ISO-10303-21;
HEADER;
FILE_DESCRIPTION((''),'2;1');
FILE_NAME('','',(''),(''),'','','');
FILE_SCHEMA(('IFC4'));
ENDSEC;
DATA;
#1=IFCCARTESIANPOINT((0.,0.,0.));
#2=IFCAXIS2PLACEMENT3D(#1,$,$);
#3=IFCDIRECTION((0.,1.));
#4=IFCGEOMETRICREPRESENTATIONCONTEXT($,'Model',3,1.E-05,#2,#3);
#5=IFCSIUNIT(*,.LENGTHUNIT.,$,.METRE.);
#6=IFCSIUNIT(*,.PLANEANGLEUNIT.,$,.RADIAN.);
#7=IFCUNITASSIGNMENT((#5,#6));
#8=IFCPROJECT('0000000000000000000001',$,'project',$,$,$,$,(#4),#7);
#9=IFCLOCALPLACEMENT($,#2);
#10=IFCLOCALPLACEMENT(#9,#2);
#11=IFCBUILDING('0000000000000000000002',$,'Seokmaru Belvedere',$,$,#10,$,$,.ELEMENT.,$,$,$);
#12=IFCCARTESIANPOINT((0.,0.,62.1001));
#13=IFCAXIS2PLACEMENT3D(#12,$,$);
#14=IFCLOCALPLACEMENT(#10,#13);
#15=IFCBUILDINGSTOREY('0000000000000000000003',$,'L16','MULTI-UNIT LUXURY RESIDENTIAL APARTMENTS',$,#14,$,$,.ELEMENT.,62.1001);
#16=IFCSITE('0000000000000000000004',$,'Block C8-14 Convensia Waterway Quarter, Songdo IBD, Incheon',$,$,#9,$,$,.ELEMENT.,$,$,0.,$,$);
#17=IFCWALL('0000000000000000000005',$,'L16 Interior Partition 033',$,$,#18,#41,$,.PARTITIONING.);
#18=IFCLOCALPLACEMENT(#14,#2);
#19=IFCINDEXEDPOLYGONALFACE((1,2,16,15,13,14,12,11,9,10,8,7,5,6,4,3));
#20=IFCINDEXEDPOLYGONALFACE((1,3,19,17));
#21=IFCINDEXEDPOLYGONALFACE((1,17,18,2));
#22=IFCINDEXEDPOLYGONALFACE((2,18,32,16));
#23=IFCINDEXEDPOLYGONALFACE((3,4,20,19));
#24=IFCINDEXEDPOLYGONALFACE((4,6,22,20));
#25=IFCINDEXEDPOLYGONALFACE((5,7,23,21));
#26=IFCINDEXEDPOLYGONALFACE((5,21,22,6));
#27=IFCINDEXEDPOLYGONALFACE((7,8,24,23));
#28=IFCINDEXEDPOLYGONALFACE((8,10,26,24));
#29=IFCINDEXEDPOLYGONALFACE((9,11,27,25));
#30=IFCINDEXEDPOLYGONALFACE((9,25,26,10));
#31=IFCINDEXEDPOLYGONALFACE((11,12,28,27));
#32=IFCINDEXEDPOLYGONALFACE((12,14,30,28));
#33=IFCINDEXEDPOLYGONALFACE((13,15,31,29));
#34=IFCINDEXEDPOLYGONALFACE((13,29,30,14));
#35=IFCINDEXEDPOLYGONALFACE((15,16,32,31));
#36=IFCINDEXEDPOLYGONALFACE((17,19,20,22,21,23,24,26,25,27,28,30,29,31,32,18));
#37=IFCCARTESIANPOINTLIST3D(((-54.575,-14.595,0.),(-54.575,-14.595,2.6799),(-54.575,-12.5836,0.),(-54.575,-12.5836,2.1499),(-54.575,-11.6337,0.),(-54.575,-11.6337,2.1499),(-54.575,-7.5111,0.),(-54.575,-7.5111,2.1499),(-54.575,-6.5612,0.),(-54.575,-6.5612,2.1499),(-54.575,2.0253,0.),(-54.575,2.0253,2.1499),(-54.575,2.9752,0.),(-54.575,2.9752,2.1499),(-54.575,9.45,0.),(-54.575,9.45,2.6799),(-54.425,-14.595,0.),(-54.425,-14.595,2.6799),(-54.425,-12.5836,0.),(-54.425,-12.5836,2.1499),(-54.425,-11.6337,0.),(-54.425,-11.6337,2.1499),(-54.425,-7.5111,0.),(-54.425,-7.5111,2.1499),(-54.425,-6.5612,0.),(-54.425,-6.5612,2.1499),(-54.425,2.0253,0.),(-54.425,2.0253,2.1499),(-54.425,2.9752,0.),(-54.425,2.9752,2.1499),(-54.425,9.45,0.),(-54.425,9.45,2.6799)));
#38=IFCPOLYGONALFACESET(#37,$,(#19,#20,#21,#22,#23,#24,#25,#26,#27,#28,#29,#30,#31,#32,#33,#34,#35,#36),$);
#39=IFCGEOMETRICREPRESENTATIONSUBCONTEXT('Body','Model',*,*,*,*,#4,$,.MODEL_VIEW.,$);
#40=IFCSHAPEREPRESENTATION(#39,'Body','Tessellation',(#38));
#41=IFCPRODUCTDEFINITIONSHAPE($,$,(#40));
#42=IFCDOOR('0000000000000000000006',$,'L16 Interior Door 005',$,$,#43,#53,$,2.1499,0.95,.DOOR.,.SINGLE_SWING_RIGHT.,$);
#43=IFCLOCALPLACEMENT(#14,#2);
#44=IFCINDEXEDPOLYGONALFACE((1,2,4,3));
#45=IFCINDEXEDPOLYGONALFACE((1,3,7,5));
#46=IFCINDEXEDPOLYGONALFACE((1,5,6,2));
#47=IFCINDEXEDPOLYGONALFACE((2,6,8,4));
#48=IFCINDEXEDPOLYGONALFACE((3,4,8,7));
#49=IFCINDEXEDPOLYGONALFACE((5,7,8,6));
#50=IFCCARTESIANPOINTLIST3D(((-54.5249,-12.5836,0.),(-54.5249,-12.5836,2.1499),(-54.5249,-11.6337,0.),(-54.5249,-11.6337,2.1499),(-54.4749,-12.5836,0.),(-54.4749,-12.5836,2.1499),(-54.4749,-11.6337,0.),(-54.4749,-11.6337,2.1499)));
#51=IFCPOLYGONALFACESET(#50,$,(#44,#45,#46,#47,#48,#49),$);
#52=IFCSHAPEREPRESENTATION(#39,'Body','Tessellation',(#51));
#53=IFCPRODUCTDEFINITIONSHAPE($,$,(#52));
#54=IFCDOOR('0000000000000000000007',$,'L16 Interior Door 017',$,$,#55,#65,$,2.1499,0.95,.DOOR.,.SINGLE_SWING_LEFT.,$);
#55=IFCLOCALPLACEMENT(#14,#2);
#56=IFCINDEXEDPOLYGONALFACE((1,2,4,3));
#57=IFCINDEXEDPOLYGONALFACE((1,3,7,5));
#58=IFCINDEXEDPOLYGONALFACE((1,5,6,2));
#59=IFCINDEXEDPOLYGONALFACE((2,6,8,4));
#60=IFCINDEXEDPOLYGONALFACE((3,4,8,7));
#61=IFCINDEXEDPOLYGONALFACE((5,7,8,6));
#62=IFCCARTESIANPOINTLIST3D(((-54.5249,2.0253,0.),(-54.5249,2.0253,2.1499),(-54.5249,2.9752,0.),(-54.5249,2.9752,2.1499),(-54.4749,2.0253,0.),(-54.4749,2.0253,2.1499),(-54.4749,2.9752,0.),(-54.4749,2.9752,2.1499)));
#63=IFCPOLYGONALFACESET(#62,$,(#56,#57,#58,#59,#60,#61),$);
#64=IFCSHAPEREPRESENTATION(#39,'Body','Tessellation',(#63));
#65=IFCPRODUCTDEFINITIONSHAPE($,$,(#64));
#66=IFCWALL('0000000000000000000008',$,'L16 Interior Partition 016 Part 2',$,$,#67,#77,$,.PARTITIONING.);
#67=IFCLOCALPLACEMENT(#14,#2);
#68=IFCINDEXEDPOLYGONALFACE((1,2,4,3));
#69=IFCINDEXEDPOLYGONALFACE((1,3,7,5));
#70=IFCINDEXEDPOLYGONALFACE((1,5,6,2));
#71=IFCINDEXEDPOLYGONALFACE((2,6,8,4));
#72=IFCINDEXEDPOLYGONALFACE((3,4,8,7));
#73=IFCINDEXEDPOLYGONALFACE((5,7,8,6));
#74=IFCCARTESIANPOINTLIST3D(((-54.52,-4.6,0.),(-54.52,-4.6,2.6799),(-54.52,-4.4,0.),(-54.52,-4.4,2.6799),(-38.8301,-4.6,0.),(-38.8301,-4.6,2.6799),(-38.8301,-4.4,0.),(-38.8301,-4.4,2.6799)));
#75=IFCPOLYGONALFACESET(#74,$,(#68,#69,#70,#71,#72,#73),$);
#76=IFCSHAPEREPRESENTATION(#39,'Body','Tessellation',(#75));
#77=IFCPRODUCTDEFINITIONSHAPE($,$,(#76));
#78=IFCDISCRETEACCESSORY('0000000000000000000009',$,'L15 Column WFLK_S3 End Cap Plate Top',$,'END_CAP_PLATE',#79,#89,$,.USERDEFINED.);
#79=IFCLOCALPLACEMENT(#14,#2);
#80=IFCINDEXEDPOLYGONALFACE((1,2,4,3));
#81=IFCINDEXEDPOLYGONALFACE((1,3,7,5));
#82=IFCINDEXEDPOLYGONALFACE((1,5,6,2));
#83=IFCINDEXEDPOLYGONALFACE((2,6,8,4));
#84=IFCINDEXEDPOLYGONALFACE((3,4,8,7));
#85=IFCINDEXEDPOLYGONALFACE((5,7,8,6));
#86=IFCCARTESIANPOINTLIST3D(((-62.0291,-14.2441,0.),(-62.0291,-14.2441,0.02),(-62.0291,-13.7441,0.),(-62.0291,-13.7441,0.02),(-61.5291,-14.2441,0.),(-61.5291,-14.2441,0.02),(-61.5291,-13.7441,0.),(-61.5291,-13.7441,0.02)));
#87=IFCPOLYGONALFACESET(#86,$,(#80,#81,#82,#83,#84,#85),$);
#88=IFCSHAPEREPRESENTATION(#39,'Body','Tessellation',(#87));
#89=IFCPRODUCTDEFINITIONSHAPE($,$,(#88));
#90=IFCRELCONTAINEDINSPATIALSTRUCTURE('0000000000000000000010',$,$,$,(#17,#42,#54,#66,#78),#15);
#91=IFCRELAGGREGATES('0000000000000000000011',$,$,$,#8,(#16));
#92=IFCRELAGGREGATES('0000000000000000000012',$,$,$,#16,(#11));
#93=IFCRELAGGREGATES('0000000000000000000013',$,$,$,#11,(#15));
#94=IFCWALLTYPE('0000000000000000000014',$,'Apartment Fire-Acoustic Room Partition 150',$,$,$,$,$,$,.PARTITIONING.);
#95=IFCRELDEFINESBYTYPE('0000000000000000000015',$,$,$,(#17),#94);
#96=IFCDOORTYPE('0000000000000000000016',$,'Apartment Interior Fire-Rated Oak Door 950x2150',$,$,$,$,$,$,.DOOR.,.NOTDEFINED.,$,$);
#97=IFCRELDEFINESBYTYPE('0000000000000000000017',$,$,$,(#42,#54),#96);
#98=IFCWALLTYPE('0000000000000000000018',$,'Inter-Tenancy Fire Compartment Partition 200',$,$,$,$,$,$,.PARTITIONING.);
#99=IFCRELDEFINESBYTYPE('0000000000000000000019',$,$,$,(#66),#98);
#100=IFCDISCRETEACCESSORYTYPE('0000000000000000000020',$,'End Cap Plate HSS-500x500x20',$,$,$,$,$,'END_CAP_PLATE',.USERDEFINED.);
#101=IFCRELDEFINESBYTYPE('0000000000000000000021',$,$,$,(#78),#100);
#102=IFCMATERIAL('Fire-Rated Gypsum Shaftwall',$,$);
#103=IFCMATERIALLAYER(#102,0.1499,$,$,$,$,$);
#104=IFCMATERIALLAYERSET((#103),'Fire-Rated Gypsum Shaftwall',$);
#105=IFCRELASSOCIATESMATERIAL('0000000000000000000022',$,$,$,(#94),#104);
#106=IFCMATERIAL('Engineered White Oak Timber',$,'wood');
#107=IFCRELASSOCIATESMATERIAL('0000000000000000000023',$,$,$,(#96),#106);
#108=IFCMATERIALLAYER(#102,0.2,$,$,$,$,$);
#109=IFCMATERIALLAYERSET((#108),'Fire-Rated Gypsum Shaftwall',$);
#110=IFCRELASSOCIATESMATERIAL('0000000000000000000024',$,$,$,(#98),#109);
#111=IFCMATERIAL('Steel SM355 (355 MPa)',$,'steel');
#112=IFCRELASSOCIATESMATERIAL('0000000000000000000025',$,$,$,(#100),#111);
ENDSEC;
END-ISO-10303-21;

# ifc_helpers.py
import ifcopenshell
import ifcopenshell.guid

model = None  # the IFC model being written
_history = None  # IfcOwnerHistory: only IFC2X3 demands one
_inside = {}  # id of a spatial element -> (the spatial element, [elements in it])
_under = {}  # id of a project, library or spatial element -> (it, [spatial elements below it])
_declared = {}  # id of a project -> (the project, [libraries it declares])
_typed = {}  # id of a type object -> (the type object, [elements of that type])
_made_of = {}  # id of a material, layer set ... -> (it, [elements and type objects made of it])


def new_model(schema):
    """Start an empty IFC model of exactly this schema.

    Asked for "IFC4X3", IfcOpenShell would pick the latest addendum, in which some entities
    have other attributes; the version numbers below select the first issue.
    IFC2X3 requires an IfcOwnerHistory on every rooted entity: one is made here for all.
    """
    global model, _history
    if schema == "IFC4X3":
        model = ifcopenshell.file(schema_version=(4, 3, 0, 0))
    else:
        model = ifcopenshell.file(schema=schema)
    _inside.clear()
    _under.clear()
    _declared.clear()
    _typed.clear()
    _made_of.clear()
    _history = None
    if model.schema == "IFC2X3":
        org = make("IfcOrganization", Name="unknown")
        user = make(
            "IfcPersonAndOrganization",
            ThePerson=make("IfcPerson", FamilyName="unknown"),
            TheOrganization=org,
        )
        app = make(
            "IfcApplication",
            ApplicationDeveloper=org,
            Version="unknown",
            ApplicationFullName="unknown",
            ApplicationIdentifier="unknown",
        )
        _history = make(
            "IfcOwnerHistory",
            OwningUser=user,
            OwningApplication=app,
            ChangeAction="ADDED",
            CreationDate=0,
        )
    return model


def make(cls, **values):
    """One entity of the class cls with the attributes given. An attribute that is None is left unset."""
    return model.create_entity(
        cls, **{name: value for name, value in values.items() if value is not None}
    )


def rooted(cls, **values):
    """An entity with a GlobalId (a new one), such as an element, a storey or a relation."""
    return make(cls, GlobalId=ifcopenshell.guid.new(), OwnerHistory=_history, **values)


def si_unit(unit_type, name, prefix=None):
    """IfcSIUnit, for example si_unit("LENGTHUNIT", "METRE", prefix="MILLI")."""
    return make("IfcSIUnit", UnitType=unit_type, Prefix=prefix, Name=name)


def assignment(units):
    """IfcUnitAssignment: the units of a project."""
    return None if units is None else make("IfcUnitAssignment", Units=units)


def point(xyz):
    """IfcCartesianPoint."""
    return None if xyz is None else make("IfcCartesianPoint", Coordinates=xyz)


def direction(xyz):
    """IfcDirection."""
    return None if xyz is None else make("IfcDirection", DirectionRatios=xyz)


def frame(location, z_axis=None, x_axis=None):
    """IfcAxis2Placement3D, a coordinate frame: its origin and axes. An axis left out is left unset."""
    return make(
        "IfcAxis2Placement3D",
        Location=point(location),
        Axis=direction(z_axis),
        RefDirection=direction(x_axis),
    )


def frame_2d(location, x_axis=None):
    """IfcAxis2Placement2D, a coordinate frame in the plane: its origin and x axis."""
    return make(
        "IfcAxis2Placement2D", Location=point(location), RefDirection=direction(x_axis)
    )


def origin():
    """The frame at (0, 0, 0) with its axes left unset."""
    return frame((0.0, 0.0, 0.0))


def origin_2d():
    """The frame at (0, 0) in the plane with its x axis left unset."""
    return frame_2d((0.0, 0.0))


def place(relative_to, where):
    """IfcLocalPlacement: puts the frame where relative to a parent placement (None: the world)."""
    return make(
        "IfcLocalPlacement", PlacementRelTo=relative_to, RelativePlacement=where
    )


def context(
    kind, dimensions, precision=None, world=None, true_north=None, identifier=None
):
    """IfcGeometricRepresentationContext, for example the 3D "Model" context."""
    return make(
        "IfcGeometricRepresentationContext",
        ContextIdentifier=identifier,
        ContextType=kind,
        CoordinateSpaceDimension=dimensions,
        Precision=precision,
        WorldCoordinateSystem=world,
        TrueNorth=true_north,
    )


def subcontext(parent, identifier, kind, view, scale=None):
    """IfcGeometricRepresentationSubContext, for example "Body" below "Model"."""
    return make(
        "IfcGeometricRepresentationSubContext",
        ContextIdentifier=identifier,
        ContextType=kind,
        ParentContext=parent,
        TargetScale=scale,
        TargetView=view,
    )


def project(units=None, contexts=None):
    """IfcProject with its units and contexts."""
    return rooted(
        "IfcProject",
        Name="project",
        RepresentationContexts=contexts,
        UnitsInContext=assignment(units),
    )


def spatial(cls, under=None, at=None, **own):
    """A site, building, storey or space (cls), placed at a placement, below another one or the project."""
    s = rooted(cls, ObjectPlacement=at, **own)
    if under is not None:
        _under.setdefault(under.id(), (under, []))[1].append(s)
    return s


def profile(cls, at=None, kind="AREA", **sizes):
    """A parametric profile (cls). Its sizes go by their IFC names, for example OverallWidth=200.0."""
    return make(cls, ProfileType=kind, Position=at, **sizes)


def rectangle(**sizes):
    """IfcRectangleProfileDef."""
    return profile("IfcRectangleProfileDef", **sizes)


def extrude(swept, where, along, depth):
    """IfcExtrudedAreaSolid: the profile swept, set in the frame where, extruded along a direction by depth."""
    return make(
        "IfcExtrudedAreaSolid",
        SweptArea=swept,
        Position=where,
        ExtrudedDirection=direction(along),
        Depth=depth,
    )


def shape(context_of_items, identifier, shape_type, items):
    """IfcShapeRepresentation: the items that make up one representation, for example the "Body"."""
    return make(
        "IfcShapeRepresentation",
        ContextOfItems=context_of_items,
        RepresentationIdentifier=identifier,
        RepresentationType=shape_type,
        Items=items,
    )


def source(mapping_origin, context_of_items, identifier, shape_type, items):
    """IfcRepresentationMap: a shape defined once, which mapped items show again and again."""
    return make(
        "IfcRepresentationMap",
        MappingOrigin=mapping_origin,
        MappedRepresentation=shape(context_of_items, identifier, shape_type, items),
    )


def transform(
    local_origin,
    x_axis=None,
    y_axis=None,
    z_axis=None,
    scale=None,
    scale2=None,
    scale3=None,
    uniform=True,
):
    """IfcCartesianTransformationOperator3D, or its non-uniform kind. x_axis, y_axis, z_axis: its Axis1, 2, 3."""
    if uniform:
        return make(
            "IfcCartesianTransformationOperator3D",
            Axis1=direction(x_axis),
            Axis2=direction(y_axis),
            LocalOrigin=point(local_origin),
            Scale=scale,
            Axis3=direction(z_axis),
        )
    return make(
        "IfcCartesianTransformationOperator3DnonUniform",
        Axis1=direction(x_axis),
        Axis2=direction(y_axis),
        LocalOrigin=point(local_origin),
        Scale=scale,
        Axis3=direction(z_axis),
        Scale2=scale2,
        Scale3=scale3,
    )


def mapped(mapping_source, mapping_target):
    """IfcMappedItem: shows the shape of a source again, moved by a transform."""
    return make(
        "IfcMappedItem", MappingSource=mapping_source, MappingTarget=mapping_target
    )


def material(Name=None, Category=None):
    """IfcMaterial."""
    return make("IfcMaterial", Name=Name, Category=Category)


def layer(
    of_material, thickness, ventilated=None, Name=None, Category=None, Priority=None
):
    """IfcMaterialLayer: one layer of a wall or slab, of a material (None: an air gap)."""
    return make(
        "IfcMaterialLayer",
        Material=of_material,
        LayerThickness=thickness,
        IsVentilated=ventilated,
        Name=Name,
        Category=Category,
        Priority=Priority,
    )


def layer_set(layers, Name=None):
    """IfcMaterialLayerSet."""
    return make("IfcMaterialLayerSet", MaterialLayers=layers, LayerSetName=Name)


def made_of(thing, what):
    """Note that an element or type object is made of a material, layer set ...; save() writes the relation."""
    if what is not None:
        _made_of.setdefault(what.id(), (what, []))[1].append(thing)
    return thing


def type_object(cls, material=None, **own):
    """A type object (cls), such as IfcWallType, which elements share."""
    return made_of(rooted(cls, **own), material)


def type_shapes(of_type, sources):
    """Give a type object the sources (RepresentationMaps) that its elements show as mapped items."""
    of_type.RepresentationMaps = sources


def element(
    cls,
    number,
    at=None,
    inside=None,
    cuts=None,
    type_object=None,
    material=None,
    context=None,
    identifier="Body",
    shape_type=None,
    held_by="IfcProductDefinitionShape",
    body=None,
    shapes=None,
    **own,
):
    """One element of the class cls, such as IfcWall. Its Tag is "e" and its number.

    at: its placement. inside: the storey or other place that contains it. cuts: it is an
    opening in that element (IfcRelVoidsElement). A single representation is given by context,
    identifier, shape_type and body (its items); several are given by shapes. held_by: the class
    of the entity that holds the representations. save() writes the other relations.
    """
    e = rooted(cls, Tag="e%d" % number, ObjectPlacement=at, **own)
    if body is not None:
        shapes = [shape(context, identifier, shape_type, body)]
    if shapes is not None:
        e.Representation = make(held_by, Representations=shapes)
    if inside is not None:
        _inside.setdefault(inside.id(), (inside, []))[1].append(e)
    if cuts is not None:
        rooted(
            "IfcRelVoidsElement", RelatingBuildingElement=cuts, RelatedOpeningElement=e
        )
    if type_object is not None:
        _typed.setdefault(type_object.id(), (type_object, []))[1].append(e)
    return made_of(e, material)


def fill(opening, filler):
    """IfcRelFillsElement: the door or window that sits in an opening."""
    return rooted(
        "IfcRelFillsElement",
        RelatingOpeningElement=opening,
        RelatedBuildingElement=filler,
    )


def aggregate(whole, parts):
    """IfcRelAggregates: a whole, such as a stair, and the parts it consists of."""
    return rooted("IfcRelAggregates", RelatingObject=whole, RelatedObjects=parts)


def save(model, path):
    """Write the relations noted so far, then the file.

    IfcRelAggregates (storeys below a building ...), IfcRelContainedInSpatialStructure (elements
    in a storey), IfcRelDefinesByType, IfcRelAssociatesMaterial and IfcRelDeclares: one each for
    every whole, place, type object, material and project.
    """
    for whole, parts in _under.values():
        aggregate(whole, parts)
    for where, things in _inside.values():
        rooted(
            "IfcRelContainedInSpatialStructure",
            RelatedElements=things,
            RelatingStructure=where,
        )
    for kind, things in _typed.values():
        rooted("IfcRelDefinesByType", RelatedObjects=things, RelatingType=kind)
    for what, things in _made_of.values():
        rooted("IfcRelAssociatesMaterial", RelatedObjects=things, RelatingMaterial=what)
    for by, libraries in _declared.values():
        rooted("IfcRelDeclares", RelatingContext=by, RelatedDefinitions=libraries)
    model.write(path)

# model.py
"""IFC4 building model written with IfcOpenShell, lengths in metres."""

from ifc_helpers import new_model, si_unit, direction, frame, frame_2d, origin, origin_2d, place, context, subcontext, project, spatial, rectangle, extrude, source, transform, mapped, material, layer, layer_set, type_object, type_shapes, element, fill, save


model = new_model("IFC4")

# Units and contexts
model_context = context("Model", 3, precision=1e-05, world=origin(), true_north=direction((0.0, 1.0)))
body_context = subcontext(model_context, "Body", "Model", "MODEL_VIEW")
ifc_project = project(units=[si_unit("LENGTHUNIT", "METRE"), si_unit("PLANEANGLEUNIT", "RADIAN")], contexts=[model_context])

# Site, building, storey
site_placement = place(None, origin())
site = spatial("IfcSite", under=ifc_project, at=site_placement, Name="Block C8-14 Convensia Waterway Quarter, Songdo IBD, Incheon", CompositionType="ELEMENT", RefElevation=0.0)
building_placement = place(site_placement, origin())
building = spatial("IfcBuilding", under=site, at=building_placement, Name="Seokmaru Belvedere", CompositionType="ELEMENT")
storey_placement = place(building_placement, frame((0.0, 0.0, 62.1001)))
storey = spatial("IfcBuildingStorey", under=building, at=storey_placement, Name="L16", Description="MULTI-UNIT LUXURY RESIDENTIAL APARTMENTS", CompositionType="ELEMENT", Elevation=62.1001)

# Shared definitions
ifc_material_1 = material(Name="Steel SM355 (355 MPa)", Category="steel")

# Shared definitions
ifc_material_2 = material(Name="Fire-Rated Gypsum Shaftwall")
ifc_layer_1 = layer(ifc_material_2, 0.1499)
ifc_layer_set_1 = layer_set([ifc_layer_1], Name="Fire-Rated Gypsum Shaftwall")
wall_type_1 = type_object("IfcWallType", Name="Apartment Fire-Acoustic Room Partition 150", PredefinedType="PARTITIONING", material=ifc_layer_set_1)
ifc_material_3 = material(Name="Engineered White Oak Timber", Category="wood")
door_type = type_object("IfcDoorType", Name="Apartment Interior Fire-Rated Oak Door 950x2150", OperationType="NOTDEFINED", PredefinedType="DOOR", material=ifc_material_3)
shared_shape_1 = source(origin(), body_context, "Body", "SweptSolid", [
    extrude(rectangle(XDim=0.95, YDim=2.1499, at=frame_2d((0.4751, 1.075))), frame((0.0, 0.0249, 0.0), z_axis=(0.0, -1.0, 0.0), x_axis=(1.0, 0.0, 0.0)), (0.0, 0.0, 1.0), 0.05),
])
type_shapes(door_type, [shared_shape_1])

# Wall, openings, doors
wall_1_placement = place(storey_placement, frame((-54.5, -14.595, 0.0), z_axis=(0.0, 0.0, 1.0), x_axis=(0.0, 1.0, 0.0)))
wall_1 = element("IfcWall", 1, at=wall_1_placement, inside=storey, type_object=wall_type_1, Name="L16 Interior Partition 033", PredefinedType="PARTITIONING", context=body_context, shape_type="SweptSolid", body=[
    extrude(rectangle(XDim=24.0449, YDim=0.1499, at=frame_2d((12.0225, 0.0))), origin(), (0.0, 0.0, 1.0), 2.6799),
])
opening_1_placement = place(wall_1_placement, frame((2.0112, 0.0, 0.0)))
opening_1 = element("IfcOpeningElement", 2, at=opening_1_placement, cuts=wall_1, PredefinedType="OPENING", context=body_context, shape_type="SweptSolid", body=[
    extrude(rectangle(XDim=0.95, YDim=2.1499, at=frame_2d((0.4751, 1.075))), frame((0.0, 0.085, 0.0), z_axis=(0.0, -1.0, 0.0), x_axis=(1.0, 0.0, 0.0)), (0.0, 0.0, 1.0), 0.1699),
])
opening_2_placement = place(wall_1_placement, frame((7.0837, 0.0, 0.0)))
element("IfcOpeningElement", 3, at=opening_2_placement, cuts=wall_1, PredefinedType="OPENING", context=body_context, shape_type="SweptSolid", body=[
    extrude(rectangle(XDim=0.95, YDim=2.1499, at=frame_2d((0.4751, 1.075))), frame((0.0, 0.085, 0.0), z_axis=(0.0, -1.0, 0.0), x_axis=(1.0, 0.0, 0.0)), (0.0, 0.0, 1.0), 0.1699),
])
opening_3_placement = place(wall_1_placement, frame((16.6201, 0.0, 0.0)))
opening_3 = element("IfcOpeningElement", 4, at=opening_3_placement, cuts=wall_1, PredefinedType="OPENING", context=body_context, shape_type="SweptSolid", body=[
    extrude(rectangle(XDim=0.95, YDim=2.1499, at=frame_2d((0.4751, 1.075))), frame((0.0, 0.085, 0.0), z_axis=(0.0, -1.0, 0.0), x_axis=(1.0, 0.0, 0.0)), (0.0, 0.0, 1.0), 0.1699),
])
door_1_placement = place(opening_1_placement, origin())
door_1 = element("IfcDoor", 5, at=door_1_placement, inside=storey, type_object=door_type, Name="L16 Interior Door 005", OperationType="SINGLE_SWING_RIGHT", OverallHeight=2.1499, OverallWidth=0.95, PredefinedType="DOOR", context=body_context, shape_type="MappedRepresentation", body=[
    mapped(shared_shape_1, transform((0.0, 0.0, 0.0), scale=1.0)),
])
fill(opening_1, door_1)
door_2_placement = place(opening_3_placement, origin())
door_2 = element("IfcDoor", 6, at=door_2_placement, inside=storey, type_object=door_type, Name="L16 Interior Door 017", OperationType="SINGLE_SWING_LEFT", OverallHeight=2.1499, OverallWidth=0.95, PredefinedType="DOOR", context=body_context, shape_type="MappedRepresentation", body=[
    mapped(shared_shape_1, transform((0.0, 0.0, 0.0), scale=1.0)),
])
fill(opening_3, door_2)

# Wall
ifc_layer_2 = layer(ifc_material_2, 0.2)
ifc_layer_set_2 = layer_set([ifc_layer_2], Name="Fire-Rated Gypsum Shaftwall")
wall_type_2 = type_object("IfcWallType", Name="Inter-Tenancy Fire Compartment Partition 200", PredefinedType="PARTITIONING", material=ifc_layer_set_2)
wall_2_placement = place(storey_placement, frame((-54.52, -4.5, 0.0), z_axis=(0.0, 0.0, 1.0), x_axis=(1.0, 0.0, 0.0)))
element("IfcWall", 7, at=wall_2_placement, inside=storey, type_object=wall_type_2, Name="L16 Interior Partition 016 Part 2", PredefinedType="PARTITIONING", context=body_context, shape_type="SweptSolid", body=[
    extrude(rectangle(XDim=15.6899, YDim=0.2, at=frame_2d((7.845, 0.0))), origin(), (0.0, 0.0, 1.0), 2.6799),
])

# Discrete accessory
discrete_accessory_type = type_object("IfcDiscreteAccessoryType", Name="End Cap Plate HSS-500x500x20", ElementType="END_CAP_PLATE", PredefinedType="USERDEFINED", material=ifc_material_1)
shared_shape_2 = source(origin(), body_context, "Body", "SweptSolid", [
    extrude(rectangle(XDim=0.5, YDim=0.5, at=origin_2d()), origin(), (0.0, 0.0, 1.0), 0.02),
])
type_shapes(discrete_accessory_type, [shared_shape_2])
discrete_accessory_placement = place(storey_placement, frame((-61.7791, -13.9941, 0.0), z_axis=(0.0, 0.0, 1.0), x_axis=(1.0, 0.0, 0.0)))
element("IfcDiscreteAccessory", 8, at=discrete_accessory_placement, inside=storey, type_object=discrete_accessory_type, Name="L15 Column WFLK_S3 End Cap Plate Top", ObjectType="END_CAP_PLATE", PredefinedType="USERDEFINED", context=body_context, shape_type="MappedRepresentation", body=[
    mapped(shared_shape_2, transform((0.0, 0.0, 0.0), scale=1.0)),
])

save(model, "model.ifc")
